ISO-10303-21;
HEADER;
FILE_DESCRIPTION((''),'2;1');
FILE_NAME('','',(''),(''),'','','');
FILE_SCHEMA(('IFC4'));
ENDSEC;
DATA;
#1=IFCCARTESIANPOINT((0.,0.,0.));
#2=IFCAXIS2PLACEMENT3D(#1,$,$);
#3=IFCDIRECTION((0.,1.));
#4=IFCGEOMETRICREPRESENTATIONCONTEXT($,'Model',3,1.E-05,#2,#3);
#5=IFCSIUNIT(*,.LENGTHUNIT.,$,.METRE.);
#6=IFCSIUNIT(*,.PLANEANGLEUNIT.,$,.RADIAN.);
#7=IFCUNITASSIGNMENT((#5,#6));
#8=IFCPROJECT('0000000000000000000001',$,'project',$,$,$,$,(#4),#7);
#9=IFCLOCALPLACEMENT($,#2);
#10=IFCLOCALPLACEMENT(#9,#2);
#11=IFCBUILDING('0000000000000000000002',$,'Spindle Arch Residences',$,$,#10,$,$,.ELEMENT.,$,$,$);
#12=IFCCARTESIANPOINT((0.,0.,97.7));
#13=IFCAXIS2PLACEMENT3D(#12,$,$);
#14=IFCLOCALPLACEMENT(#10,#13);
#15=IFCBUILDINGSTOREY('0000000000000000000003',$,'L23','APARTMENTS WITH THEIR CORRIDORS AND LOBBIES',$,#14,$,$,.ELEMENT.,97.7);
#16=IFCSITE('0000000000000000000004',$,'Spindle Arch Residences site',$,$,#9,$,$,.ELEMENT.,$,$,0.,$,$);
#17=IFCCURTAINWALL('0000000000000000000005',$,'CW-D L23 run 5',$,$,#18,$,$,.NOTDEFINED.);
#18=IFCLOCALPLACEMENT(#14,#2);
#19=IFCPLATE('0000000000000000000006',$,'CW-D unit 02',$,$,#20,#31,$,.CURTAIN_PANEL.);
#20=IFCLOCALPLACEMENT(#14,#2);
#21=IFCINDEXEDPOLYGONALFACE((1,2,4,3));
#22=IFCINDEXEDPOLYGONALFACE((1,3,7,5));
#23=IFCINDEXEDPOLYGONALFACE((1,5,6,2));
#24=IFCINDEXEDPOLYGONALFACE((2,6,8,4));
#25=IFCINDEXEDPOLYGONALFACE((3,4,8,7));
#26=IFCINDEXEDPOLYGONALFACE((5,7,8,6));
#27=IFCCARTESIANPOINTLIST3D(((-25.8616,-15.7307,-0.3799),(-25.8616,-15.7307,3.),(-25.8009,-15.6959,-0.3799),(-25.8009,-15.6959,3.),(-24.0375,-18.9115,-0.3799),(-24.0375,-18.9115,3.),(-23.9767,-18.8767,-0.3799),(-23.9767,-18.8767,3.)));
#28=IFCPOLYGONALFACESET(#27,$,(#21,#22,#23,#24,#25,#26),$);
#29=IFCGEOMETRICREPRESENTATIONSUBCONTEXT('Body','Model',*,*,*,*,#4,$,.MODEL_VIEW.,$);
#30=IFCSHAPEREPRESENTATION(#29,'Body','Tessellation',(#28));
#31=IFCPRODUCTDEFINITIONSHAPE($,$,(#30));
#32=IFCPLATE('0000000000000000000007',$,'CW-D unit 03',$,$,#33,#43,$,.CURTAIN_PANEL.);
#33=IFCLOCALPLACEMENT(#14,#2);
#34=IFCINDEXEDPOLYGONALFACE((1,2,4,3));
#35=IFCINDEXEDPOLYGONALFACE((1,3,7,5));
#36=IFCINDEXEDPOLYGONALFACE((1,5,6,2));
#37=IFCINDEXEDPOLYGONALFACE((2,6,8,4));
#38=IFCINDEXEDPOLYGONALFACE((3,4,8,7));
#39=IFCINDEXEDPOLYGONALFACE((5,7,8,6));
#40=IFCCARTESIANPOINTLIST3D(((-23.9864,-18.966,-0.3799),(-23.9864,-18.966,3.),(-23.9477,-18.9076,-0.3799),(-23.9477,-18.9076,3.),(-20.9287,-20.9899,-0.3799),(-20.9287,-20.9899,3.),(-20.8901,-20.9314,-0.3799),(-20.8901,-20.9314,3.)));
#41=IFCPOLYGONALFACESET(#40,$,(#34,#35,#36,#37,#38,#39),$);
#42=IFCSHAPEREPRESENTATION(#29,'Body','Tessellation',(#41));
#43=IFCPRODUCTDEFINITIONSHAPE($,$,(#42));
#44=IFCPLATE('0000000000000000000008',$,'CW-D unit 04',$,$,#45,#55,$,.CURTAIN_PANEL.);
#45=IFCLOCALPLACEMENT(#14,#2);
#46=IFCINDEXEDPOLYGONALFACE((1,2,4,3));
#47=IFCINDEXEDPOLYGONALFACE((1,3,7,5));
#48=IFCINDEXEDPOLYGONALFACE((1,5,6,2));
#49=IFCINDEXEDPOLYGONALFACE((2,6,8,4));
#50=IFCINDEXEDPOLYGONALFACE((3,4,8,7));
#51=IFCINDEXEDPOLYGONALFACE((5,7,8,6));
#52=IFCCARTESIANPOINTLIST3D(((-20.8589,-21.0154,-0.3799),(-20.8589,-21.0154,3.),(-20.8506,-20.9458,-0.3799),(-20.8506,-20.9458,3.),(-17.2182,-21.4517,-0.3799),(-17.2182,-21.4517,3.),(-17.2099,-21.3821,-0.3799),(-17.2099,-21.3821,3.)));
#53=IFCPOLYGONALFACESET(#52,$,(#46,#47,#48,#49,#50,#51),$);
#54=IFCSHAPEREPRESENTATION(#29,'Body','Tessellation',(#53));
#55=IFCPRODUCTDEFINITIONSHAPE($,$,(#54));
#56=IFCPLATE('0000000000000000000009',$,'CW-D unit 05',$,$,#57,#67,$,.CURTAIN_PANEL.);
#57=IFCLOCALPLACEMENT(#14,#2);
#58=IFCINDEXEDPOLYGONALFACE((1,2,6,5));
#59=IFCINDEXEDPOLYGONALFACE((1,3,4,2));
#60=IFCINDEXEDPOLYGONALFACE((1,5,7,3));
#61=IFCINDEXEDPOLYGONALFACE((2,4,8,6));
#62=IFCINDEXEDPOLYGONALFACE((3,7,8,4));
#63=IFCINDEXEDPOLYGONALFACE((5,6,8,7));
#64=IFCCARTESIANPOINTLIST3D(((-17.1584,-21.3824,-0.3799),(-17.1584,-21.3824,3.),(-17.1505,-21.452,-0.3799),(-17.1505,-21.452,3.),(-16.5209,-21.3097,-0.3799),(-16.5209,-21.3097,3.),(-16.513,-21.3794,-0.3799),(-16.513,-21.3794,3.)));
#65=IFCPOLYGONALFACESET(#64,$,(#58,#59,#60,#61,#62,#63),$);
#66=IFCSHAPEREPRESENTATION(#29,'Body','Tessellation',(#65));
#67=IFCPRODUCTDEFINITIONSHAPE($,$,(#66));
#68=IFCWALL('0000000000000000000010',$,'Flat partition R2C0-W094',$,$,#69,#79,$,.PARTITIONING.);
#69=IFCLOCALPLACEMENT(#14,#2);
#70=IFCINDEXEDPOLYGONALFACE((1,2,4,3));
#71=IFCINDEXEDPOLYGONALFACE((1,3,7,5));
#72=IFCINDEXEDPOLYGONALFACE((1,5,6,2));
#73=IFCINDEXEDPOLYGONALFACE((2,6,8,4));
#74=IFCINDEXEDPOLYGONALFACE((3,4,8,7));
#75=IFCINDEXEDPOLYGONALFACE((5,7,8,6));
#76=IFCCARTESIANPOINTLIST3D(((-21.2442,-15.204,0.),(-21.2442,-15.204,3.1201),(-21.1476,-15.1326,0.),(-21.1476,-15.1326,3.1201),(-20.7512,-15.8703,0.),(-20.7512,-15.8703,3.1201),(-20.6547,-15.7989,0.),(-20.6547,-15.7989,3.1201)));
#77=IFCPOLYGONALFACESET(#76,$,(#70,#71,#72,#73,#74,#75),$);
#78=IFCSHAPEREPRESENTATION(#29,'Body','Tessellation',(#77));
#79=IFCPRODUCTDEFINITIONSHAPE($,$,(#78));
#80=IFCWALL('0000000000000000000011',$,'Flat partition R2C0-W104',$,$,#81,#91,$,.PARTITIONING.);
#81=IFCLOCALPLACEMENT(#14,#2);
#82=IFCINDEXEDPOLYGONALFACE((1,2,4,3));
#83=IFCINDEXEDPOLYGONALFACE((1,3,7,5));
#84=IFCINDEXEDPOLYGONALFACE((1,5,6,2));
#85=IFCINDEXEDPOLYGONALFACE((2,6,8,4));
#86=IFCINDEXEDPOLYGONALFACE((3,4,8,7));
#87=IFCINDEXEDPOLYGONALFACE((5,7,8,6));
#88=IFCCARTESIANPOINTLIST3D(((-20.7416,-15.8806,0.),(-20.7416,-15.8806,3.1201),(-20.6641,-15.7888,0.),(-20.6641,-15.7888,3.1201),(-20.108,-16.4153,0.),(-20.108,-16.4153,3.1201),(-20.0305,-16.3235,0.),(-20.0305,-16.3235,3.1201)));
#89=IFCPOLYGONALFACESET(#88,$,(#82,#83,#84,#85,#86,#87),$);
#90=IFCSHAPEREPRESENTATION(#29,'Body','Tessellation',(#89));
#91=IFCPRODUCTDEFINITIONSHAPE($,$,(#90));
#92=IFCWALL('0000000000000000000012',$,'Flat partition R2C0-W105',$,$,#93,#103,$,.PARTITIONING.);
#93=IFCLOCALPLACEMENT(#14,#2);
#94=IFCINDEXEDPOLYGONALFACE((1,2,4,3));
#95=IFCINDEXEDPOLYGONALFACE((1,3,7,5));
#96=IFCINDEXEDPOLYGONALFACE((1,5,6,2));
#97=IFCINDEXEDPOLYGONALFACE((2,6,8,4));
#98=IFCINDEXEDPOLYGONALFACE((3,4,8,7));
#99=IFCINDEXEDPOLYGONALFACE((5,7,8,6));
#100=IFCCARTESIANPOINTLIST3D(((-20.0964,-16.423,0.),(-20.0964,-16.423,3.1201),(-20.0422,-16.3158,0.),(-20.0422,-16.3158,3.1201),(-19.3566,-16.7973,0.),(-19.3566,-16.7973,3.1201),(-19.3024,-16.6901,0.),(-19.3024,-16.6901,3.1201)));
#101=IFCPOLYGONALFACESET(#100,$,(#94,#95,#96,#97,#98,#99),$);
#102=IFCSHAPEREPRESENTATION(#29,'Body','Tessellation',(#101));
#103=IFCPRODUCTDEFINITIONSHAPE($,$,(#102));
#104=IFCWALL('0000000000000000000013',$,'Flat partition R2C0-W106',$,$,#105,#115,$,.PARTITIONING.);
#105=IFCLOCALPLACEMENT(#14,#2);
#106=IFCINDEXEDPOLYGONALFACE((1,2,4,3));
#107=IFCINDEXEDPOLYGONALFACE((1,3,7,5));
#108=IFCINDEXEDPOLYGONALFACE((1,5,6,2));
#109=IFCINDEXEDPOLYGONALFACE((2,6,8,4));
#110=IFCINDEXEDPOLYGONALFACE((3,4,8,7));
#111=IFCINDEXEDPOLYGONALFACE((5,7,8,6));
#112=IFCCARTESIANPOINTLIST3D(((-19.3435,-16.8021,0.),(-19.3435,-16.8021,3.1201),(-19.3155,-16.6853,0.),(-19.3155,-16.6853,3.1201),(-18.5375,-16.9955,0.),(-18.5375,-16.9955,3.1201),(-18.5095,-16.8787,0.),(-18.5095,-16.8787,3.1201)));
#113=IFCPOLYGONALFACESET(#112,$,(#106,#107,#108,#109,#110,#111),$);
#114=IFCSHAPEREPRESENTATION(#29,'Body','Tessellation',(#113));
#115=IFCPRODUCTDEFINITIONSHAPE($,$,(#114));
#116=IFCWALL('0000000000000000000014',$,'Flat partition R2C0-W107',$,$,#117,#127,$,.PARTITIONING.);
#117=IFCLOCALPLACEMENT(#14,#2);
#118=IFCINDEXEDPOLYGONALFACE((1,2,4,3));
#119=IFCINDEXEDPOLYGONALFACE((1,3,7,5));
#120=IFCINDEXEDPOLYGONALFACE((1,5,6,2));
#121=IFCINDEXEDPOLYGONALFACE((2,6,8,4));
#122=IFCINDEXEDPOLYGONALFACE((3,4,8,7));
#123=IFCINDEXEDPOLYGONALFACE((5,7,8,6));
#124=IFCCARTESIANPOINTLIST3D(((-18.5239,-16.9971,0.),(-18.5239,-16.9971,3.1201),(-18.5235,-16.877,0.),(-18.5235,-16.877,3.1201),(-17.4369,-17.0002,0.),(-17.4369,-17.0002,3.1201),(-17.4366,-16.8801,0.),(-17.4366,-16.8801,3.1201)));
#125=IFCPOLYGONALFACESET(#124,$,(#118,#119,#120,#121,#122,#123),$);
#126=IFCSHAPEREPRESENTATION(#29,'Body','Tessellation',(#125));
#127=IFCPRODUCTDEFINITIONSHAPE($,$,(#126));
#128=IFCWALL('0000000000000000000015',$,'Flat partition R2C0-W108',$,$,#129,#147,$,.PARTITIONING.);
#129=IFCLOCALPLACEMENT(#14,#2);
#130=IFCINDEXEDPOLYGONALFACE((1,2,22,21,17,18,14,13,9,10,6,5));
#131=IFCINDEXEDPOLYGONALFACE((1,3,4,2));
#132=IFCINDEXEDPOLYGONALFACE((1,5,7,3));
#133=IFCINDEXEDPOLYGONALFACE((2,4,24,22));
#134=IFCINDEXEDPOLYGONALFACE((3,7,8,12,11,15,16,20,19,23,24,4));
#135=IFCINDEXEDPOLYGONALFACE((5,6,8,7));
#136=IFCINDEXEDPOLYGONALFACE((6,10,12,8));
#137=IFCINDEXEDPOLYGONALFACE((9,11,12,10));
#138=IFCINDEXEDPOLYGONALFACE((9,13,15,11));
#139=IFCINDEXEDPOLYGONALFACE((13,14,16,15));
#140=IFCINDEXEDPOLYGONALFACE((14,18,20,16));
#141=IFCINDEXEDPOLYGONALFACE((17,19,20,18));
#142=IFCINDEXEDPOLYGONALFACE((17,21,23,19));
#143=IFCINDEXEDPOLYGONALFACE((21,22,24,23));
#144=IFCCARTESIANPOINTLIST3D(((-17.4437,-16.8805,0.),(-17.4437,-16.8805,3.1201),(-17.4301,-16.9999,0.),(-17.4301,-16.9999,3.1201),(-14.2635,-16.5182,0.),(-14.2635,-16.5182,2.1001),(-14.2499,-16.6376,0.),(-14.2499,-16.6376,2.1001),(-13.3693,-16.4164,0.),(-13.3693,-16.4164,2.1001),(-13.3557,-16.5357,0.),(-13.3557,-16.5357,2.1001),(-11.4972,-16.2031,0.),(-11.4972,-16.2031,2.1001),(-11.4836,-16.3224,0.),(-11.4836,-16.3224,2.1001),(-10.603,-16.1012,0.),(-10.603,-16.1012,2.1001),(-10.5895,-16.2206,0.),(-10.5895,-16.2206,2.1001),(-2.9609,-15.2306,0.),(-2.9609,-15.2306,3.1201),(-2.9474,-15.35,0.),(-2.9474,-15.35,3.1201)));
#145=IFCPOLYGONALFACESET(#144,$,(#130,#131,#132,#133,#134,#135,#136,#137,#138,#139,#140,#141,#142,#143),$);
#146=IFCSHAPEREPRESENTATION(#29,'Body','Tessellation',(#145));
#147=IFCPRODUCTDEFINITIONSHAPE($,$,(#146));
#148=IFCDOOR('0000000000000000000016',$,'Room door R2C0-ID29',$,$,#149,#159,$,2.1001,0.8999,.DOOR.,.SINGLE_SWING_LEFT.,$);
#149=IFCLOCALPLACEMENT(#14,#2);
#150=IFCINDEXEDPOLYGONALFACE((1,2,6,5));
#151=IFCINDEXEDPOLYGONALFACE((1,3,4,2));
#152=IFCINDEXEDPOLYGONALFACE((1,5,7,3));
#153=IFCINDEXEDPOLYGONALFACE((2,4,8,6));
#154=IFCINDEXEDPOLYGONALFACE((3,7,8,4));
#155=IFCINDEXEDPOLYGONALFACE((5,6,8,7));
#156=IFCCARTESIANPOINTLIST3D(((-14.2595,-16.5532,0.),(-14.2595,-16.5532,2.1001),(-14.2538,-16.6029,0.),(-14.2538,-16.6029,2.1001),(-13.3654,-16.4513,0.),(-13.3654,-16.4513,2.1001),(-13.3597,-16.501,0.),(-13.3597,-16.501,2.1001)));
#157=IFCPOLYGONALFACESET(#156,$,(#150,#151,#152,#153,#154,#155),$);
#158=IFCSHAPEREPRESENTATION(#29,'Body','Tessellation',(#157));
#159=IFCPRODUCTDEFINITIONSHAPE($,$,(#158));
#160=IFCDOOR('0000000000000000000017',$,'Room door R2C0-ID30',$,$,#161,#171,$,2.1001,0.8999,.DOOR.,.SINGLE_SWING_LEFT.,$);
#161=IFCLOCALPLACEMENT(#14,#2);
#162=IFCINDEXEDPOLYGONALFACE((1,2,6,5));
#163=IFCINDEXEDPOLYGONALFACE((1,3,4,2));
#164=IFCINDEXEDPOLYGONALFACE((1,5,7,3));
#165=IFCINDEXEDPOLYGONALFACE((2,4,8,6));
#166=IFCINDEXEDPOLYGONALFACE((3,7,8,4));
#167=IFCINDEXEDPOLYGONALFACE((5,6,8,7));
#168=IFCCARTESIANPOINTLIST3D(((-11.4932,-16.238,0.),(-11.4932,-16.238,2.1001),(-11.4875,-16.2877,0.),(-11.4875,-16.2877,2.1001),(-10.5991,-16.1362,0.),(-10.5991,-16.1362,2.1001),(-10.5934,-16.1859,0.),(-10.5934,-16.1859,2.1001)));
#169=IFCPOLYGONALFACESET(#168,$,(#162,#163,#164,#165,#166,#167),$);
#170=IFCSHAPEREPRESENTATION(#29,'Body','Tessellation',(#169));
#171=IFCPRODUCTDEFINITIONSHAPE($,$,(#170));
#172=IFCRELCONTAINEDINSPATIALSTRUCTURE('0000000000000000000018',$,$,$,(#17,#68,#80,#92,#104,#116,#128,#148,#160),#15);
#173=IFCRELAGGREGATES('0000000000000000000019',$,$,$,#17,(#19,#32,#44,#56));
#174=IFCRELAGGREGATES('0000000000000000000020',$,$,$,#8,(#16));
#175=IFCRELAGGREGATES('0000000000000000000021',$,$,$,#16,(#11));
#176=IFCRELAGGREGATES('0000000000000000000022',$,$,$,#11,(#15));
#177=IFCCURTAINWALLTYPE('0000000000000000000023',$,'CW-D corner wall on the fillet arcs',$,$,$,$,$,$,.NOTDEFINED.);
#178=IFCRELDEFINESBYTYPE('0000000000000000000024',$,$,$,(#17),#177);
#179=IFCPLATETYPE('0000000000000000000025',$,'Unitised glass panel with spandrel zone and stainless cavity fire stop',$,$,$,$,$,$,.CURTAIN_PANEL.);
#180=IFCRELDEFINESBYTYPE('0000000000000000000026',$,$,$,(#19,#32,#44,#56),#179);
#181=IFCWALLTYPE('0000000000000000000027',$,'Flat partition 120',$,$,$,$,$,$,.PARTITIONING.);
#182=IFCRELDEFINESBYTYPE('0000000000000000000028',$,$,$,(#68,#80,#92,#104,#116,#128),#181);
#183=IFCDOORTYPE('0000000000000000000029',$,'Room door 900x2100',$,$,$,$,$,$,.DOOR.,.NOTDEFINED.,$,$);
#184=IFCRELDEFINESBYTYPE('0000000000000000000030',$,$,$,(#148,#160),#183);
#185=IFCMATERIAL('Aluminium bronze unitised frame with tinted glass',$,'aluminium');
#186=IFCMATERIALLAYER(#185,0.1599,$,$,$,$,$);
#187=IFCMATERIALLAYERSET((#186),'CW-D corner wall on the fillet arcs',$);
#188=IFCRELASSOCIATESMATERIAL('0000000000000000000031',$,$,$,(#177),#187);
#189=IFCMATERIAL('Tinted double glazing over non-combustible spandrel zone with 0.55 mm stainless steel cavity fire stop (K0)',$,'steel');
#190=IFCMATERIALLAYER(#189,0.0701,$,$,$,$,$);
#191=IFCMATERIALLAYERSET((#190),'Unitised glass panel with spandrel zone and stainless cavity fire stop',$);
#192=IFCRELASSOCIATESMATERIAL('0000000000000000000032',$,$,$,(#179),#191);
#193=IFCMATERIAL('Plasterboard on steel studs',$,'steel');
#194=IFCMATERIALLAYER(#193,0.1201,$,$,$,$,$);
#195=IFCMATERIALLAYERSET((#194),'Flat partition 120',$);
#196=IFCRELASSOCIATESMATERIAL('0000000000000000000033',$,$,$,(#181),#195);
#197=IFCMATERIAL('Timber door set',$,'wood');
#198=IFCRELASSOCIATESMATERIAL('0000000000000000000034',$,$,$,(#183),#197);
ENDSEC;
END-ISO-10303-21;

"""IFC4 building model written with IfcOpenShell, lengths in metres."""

from ifc_helpers import new_model, si_unit, direction, frame, frame_2d, origin, origin_2d, place, context, subcontext, project, spatial, rectangle, extrude, material, layer, layer_set, type_object, element, fill, aggregate, save


model = new_model("IFC4")

# Units and contexts
model_context = context("Model", 3, precision=1e-05, world=origin(), true_north=direction((0.0, 1.0)))
body_context = subcontext(model_context, "Body", "Model", "MODEL_VIEW")
ifc_project = project(units=[si_unit("LENGTHUNIT", "METRE"), si_unit("PLANEANGLEUNIT", "RADIAN")], contexts=[model_context])

# Site, building, storey
site_placement = place(None, origin())
site = spatial("IfcSite", under=ifc_project, at=site_placement, Name="Spindle Arch Residences site", CompositionType="ELEMENT", RefElevation=0.0)
building_placement = place(site_placement, origin())
building = spatial("IfcBuilding", under=site, at=building_placement, Name="Spindle Arch Residences", CompositionType="ELEMENT")
storey_placement = place(building_placement, frame((0.0, 0.0, 97.7)))
storey = spatial("IfcBuildingStorey", under=building, at=storey_placement, Name="L23", Description="APARTMENTS WITH THEIR CORRIDORS AND LOBBIES", CompositionType="ELEMENT", Elevation=97.7)

# Curtain wall
ifc_material_1 = material(Name="Aluminium bronze unitised frame with tinted glass", Category="aluminium")
ifc_layer_1 = layer(ifc_material_1, 0.1599)
ifc_layer_set_1 = layer_set([ifc_layer_1], Name="CW-D corner wall on the fillet arcs")
curtain_wall_type = type_object("IfcCurtainWallType", Name="CW-D corner wall on the fillet arcs", PredefinedType="NOTDEFINED", material=ifc_layer_set_1)
curtain_wall_placement = place(storey_placement, origin())
curtain_wall = element("IfcCurtainWall", 1, at=curtain_wall_placement, inside=storey, type_object=curtain_wall_type, Name="CW-D L23 run 5", PredefinedType="NOTDEFINED")

# Plates
ifc_material_2 = material(Name="Tinted double glazing over non-combustible spandrel zone with 0.55 mm stainless steel cavity fire stop (K0)", Category="steel")
ifc_layer_2 = layer(ifc_material_2, 0.0701)
ifc_layer_set_2 = layer_set([ifc_layer_2], Name="Unitised glass panel with spandrel zone and stainless cavity fire stop")
plate_type = type_object("IfcPlateType", Name="Unitised glass panel with spandrel zone and stainless cavity fire stop", PredefinedType="CURTAIN_PANEL", material=ifc_layer_set_2)
plate_1_placement = place(storey_placement, frame((-24.9192, -17.3037, -0.3799), z_axis=(0.0, 0.0, 1.0), x_axis=(0.497479, -0.867476, 0.0)))
plate_1 = element("IfcPlate", 2, at=plate_1_placement, type_object=plate_type, Name="CW-D unit 02", PredefinedType="CURTAIN_PANEL", context=body_context, shape_type="SweptSolid", body=[
    extrude(rectangle(XDim=3.6667, YDim=0.0701, at=origin_2d()), origin(), (0.0, 0.0, 1.0), 3.3799),
])
plate_2_placement = place(storey_placement, frame((-22.4382, -19.9487, -0.3799), z_axis=(0.0, 0.0, 1.0), x_axis=(0.833886, -0.551937, 0.0)))
plate_2 = element("IfcPlate", 3, at=plate_2_placement, type_object=plate_type, Name="CW-D unit 03", PredefinedType="CURTAIN_PANEL", context=body_context, shape_type="SweptSolid", body=[
    extrude(rectangle(XDim=3.6667, YDim=0.0701, at=origin_2d()), origin(), (0.0, 0.0, 1.0), 3.3799),
])
plate_3_placement = place(storey_placement, frame((-19.0344, -21.1987, -0.3799), z_axis=(0.0, 0.0, 1.0), x_axis=(0.992896, -0.118982, 0.0)))
plate_3 = element("IfcPlate", 4, at=plate_3_placement, type_object=plate_type, Name="CW-D unit 04", PredefinedType="CURTAIN_PANEL", context=body_context, shape_type="SweptSolid", body=[
    extrude(rectangle(XDim=3.6667, YDim=0.0701, at=origin_2d()), origin(), (0.0, 0.0, 1.0), 3.3799),
])
plate_4_placement = place(storey_placement, frame((-16.8357, -21.3809, -0.3799), z_axis=(0.0, 0.0, 1.0), x_axis=(0.993572, 0.113203, 0.0)))
plate_4 = element("IfcPlate", 5, at=plate_4_placement, type_object=plate_type, Name="CW-D unit 05", PredefinedType="CURTAIN_PANEL", context=body_context, shape_type="SweptSolid", body=[
    extrude(rectangle(XDim=0.6416, YDim=0.0701, at=origin_2d()), origin(), (0.0, 0.0, 1.0), 3.3799),
])
aggregate(curtain_wall, [plate_1, plate_2, plate_3, plate_4])

# Walls
ifc_material_3 = material(Name="Plasterboard on steel studs", Category="steel")
ifc_layer_3 = layer(ifc_material_3, 0.1201)
ifc_layer_set_3 = layer_set([ifc_layer_3], Name="Flat partition 120")
wall_type_1 = type_object("IfcWallType", Name="Flat partition 120", PredefinedType="PARTITIONING", material=ifc_layer_set_3)
wall_1_placement = place(storey_placement, frame((-20.7029, -15.8347, 0.0), z_axis=(0.0, 0.0, 1.0), x_axis=(-0.594755, 0.803907, 0.0)))
element("IfcWall", 6, at=wall_1_placement, inside=storey, type_object=wall_type_1, Name="Flat partition R2C0-W094", PredefinedType="PARTITIONING", context=body_context, shape_type="SweptSolid", body=[
    extrude(rectangle(XDim=0.8289, YDim=0.1201, at=frame_2d((0.4146, 0.0))), origin(), (0.0, 0.0, 1.0), 3.1201),
])
for number, where, z_axis, x_axis, name in (
    (7, (-20.7029, -15.8347, 0.0), (0.0, 0.0, 1.0), (0.764223, -0.644952, 0.0), "Flat partition R2C0-W104"),
    (8, (-20.0693, -16.3694, 0.0), (0.0, 0.0, 1.0), (0.892297, -0.451449, 0.0), "Flat partition R2C0-W105"),
):
    element("IfcWall", number, at=place(storey_placement, frame(where, z_axis=z_axis, x_axis=x_axis)), inside=storey, type_object=wall_type_1, Name=name, PredefinedType="PARTITIONING", context=body_context, shape_type="SweptSolid", body=[
        extrude(rectangle(XDim=0.8291, YDim=0.1201, at=frame_2d((0.4146, 0.0))), origin(), (0.0, 0.0, 1.0), 3.1201),
    ])
wall_2_placement = place(storey_placement, frame((-19.3296, -16.7437, 0.0), z_axis=(0.0, 0.0, 1.0), x_axis=(0.972403, -0.233306, 0.0)))
element("IfcWall", 9, at=wall_2_placement, inside=storey, type_object=wall_type_1, Name="Flat partition R2C0-W106", PredefinedType="PARTITIONING", context=body_context, shape_type="SweptSolid", body=[
    extrude(rectangle(XDim=0.8289, YDim=0.1201, at=frame_2d((0.4146, 0.0))), origin(), (0.0, 0.0, 1.0), 3.1201),
])
wall_3_placement = place(storey_placement, frame((-18.5237, -16.937, 0.0), z_axis=(0.0, 0.0, 1.0), x_axis=(0.999996, -0.00292, 0.0)))
element("IfcWall", 10, at=wall_3_placement, inside=storey, type_object=wall_type_1, Name="Flat partition R2C0-W107", PredefinedType="PARTITIONING", context=body_context, shape_type="SweptSolid", body=[
    extrude(rectangle(XDim=1.0869, YDim=0.1201, at=frame_2d((0.5435, 0.0))), origin(), (0.0, 0.0, 1.0), 3.1201),
])

# Wall, openings, doors
wall_4_placement = place(storey_placement, frame((-17.4368, -16.9402, 0.0), z_axis=(0.0, 0.0, 1.0), x_axis=(0.993573, 0.11319, 0.0)))
wall_4 = element("IfcWall", 11, at=wall_4_placement, inside=storey, type_object=wall_type_1, Name="Flat partition R2C0-W108", PredefinedType="PARTITIONING", context=body_context, shape_type="SweptSolid", body=[
    extrude(rectangle(XDim=14.5764, YDim=0.1201, at=frame_2d((7.2881, 0.0))), origin(), (0.0, 0.0, 1.0), 3.1201),
])
opening_1_placement = place(wall_4_placement, frame((3.2007, 0.0, 0.0)))
opening_1 = element("IfcOpeningElement", 12, at=opening_1_placement, cuts=wall_4, PredefinedType="OPENING", context=body_context, shape_type="SweptSolid", body=[
    extrude(rectangle(XDim=0.8999, YDim=2.1001, at=frame_2d((0.45, 1.05))), frame((0.0, 0.0701, 0.0), z_axis=(0.0, -1.0, 0.0), x_axis=(1.0, 0.0, 0.0)), (0.0, 0.0, 1.0), 0.1401),
])
opening_2_placement = place(wall_4_placement, frame((5.9849, 0.0, 0.0)))
opening_2 = element("IfcOpeningElement", 13, at=opening_2_placement, cuts=wall_4, PredefinedType="OPENING", context=body_context, shape_type="SweptSolid", body=[
    extrude(rectangle(XDim=0.8999, YDim=2.1001, at=frame_2d((0.45, 1.05))), frame((0.0, 0.0701, 0.0), z_axis=(0.0, -1.0, 0.0), x_axis=(1.0, 0.0, 0.0)), (0.0, 0.0, 1.0), 0.1401),
])
ifc_material_4 = material(Name="Timber door set", Category="wood")
door_type = type_object("IfcDoorType", Name="Room door 900x2100", OperationType="NOTDEFINED", PredefinedType="DOOR", material=ifc_material_4)
door_1_placement = place(opening_1_placement, origin())
door_1 = element("IfcDoor", 14, at=door_1_placement, inside=storey, type_object=door_type, Name="Room door R2C0-ID29", OperationType="SINGLE_SWING_LEFT", OverallHeight=2.1001, OverallWidth=0.8999, PredefinedType="DOOR", context=body_context, shape_type="SweptSolid", body=[
    extrude(rectangle(XDim=0.8999, YDim=2.1001, at=frame_2d((0.45, 1.05))), frame((0.0, 0.0249, 0.0), z_axis=(0.0, -1.0, 0.0), x_axis=(1.0, 0.0, 0.0)), (0.0, 0.0, 1.0), 0.05),
])
fill(opening_1, door_1)
door_2_placement = place(opening_2_placement, origin())
door_2 = element("IfcDoor", 15, at=door_2_placement, inside=storey, type_object=door_type, Name="Room door R2C0-ID30", OperationType="SINGLE_SWING_LEFT", OverallHeight=2.1001, OverallWidth=0.8999, PredefinedType="DOOR", context=body_context, shape_type="SweptSolid", body=[
    extrude(rectangle(XDim=0.8999, YDim=2.1001, at=frame_2d((0.45, 1.05))), frame((0.0, 0.0249, 0.0), z_axis=(0.0, -1.0, 0.0), x_axis=(1.0, 0.0, 0.0)), (0.0, 0.0, 1.0), 0.05),
])
fill(opening_2, door_2)

save(model, "model.ifc")
